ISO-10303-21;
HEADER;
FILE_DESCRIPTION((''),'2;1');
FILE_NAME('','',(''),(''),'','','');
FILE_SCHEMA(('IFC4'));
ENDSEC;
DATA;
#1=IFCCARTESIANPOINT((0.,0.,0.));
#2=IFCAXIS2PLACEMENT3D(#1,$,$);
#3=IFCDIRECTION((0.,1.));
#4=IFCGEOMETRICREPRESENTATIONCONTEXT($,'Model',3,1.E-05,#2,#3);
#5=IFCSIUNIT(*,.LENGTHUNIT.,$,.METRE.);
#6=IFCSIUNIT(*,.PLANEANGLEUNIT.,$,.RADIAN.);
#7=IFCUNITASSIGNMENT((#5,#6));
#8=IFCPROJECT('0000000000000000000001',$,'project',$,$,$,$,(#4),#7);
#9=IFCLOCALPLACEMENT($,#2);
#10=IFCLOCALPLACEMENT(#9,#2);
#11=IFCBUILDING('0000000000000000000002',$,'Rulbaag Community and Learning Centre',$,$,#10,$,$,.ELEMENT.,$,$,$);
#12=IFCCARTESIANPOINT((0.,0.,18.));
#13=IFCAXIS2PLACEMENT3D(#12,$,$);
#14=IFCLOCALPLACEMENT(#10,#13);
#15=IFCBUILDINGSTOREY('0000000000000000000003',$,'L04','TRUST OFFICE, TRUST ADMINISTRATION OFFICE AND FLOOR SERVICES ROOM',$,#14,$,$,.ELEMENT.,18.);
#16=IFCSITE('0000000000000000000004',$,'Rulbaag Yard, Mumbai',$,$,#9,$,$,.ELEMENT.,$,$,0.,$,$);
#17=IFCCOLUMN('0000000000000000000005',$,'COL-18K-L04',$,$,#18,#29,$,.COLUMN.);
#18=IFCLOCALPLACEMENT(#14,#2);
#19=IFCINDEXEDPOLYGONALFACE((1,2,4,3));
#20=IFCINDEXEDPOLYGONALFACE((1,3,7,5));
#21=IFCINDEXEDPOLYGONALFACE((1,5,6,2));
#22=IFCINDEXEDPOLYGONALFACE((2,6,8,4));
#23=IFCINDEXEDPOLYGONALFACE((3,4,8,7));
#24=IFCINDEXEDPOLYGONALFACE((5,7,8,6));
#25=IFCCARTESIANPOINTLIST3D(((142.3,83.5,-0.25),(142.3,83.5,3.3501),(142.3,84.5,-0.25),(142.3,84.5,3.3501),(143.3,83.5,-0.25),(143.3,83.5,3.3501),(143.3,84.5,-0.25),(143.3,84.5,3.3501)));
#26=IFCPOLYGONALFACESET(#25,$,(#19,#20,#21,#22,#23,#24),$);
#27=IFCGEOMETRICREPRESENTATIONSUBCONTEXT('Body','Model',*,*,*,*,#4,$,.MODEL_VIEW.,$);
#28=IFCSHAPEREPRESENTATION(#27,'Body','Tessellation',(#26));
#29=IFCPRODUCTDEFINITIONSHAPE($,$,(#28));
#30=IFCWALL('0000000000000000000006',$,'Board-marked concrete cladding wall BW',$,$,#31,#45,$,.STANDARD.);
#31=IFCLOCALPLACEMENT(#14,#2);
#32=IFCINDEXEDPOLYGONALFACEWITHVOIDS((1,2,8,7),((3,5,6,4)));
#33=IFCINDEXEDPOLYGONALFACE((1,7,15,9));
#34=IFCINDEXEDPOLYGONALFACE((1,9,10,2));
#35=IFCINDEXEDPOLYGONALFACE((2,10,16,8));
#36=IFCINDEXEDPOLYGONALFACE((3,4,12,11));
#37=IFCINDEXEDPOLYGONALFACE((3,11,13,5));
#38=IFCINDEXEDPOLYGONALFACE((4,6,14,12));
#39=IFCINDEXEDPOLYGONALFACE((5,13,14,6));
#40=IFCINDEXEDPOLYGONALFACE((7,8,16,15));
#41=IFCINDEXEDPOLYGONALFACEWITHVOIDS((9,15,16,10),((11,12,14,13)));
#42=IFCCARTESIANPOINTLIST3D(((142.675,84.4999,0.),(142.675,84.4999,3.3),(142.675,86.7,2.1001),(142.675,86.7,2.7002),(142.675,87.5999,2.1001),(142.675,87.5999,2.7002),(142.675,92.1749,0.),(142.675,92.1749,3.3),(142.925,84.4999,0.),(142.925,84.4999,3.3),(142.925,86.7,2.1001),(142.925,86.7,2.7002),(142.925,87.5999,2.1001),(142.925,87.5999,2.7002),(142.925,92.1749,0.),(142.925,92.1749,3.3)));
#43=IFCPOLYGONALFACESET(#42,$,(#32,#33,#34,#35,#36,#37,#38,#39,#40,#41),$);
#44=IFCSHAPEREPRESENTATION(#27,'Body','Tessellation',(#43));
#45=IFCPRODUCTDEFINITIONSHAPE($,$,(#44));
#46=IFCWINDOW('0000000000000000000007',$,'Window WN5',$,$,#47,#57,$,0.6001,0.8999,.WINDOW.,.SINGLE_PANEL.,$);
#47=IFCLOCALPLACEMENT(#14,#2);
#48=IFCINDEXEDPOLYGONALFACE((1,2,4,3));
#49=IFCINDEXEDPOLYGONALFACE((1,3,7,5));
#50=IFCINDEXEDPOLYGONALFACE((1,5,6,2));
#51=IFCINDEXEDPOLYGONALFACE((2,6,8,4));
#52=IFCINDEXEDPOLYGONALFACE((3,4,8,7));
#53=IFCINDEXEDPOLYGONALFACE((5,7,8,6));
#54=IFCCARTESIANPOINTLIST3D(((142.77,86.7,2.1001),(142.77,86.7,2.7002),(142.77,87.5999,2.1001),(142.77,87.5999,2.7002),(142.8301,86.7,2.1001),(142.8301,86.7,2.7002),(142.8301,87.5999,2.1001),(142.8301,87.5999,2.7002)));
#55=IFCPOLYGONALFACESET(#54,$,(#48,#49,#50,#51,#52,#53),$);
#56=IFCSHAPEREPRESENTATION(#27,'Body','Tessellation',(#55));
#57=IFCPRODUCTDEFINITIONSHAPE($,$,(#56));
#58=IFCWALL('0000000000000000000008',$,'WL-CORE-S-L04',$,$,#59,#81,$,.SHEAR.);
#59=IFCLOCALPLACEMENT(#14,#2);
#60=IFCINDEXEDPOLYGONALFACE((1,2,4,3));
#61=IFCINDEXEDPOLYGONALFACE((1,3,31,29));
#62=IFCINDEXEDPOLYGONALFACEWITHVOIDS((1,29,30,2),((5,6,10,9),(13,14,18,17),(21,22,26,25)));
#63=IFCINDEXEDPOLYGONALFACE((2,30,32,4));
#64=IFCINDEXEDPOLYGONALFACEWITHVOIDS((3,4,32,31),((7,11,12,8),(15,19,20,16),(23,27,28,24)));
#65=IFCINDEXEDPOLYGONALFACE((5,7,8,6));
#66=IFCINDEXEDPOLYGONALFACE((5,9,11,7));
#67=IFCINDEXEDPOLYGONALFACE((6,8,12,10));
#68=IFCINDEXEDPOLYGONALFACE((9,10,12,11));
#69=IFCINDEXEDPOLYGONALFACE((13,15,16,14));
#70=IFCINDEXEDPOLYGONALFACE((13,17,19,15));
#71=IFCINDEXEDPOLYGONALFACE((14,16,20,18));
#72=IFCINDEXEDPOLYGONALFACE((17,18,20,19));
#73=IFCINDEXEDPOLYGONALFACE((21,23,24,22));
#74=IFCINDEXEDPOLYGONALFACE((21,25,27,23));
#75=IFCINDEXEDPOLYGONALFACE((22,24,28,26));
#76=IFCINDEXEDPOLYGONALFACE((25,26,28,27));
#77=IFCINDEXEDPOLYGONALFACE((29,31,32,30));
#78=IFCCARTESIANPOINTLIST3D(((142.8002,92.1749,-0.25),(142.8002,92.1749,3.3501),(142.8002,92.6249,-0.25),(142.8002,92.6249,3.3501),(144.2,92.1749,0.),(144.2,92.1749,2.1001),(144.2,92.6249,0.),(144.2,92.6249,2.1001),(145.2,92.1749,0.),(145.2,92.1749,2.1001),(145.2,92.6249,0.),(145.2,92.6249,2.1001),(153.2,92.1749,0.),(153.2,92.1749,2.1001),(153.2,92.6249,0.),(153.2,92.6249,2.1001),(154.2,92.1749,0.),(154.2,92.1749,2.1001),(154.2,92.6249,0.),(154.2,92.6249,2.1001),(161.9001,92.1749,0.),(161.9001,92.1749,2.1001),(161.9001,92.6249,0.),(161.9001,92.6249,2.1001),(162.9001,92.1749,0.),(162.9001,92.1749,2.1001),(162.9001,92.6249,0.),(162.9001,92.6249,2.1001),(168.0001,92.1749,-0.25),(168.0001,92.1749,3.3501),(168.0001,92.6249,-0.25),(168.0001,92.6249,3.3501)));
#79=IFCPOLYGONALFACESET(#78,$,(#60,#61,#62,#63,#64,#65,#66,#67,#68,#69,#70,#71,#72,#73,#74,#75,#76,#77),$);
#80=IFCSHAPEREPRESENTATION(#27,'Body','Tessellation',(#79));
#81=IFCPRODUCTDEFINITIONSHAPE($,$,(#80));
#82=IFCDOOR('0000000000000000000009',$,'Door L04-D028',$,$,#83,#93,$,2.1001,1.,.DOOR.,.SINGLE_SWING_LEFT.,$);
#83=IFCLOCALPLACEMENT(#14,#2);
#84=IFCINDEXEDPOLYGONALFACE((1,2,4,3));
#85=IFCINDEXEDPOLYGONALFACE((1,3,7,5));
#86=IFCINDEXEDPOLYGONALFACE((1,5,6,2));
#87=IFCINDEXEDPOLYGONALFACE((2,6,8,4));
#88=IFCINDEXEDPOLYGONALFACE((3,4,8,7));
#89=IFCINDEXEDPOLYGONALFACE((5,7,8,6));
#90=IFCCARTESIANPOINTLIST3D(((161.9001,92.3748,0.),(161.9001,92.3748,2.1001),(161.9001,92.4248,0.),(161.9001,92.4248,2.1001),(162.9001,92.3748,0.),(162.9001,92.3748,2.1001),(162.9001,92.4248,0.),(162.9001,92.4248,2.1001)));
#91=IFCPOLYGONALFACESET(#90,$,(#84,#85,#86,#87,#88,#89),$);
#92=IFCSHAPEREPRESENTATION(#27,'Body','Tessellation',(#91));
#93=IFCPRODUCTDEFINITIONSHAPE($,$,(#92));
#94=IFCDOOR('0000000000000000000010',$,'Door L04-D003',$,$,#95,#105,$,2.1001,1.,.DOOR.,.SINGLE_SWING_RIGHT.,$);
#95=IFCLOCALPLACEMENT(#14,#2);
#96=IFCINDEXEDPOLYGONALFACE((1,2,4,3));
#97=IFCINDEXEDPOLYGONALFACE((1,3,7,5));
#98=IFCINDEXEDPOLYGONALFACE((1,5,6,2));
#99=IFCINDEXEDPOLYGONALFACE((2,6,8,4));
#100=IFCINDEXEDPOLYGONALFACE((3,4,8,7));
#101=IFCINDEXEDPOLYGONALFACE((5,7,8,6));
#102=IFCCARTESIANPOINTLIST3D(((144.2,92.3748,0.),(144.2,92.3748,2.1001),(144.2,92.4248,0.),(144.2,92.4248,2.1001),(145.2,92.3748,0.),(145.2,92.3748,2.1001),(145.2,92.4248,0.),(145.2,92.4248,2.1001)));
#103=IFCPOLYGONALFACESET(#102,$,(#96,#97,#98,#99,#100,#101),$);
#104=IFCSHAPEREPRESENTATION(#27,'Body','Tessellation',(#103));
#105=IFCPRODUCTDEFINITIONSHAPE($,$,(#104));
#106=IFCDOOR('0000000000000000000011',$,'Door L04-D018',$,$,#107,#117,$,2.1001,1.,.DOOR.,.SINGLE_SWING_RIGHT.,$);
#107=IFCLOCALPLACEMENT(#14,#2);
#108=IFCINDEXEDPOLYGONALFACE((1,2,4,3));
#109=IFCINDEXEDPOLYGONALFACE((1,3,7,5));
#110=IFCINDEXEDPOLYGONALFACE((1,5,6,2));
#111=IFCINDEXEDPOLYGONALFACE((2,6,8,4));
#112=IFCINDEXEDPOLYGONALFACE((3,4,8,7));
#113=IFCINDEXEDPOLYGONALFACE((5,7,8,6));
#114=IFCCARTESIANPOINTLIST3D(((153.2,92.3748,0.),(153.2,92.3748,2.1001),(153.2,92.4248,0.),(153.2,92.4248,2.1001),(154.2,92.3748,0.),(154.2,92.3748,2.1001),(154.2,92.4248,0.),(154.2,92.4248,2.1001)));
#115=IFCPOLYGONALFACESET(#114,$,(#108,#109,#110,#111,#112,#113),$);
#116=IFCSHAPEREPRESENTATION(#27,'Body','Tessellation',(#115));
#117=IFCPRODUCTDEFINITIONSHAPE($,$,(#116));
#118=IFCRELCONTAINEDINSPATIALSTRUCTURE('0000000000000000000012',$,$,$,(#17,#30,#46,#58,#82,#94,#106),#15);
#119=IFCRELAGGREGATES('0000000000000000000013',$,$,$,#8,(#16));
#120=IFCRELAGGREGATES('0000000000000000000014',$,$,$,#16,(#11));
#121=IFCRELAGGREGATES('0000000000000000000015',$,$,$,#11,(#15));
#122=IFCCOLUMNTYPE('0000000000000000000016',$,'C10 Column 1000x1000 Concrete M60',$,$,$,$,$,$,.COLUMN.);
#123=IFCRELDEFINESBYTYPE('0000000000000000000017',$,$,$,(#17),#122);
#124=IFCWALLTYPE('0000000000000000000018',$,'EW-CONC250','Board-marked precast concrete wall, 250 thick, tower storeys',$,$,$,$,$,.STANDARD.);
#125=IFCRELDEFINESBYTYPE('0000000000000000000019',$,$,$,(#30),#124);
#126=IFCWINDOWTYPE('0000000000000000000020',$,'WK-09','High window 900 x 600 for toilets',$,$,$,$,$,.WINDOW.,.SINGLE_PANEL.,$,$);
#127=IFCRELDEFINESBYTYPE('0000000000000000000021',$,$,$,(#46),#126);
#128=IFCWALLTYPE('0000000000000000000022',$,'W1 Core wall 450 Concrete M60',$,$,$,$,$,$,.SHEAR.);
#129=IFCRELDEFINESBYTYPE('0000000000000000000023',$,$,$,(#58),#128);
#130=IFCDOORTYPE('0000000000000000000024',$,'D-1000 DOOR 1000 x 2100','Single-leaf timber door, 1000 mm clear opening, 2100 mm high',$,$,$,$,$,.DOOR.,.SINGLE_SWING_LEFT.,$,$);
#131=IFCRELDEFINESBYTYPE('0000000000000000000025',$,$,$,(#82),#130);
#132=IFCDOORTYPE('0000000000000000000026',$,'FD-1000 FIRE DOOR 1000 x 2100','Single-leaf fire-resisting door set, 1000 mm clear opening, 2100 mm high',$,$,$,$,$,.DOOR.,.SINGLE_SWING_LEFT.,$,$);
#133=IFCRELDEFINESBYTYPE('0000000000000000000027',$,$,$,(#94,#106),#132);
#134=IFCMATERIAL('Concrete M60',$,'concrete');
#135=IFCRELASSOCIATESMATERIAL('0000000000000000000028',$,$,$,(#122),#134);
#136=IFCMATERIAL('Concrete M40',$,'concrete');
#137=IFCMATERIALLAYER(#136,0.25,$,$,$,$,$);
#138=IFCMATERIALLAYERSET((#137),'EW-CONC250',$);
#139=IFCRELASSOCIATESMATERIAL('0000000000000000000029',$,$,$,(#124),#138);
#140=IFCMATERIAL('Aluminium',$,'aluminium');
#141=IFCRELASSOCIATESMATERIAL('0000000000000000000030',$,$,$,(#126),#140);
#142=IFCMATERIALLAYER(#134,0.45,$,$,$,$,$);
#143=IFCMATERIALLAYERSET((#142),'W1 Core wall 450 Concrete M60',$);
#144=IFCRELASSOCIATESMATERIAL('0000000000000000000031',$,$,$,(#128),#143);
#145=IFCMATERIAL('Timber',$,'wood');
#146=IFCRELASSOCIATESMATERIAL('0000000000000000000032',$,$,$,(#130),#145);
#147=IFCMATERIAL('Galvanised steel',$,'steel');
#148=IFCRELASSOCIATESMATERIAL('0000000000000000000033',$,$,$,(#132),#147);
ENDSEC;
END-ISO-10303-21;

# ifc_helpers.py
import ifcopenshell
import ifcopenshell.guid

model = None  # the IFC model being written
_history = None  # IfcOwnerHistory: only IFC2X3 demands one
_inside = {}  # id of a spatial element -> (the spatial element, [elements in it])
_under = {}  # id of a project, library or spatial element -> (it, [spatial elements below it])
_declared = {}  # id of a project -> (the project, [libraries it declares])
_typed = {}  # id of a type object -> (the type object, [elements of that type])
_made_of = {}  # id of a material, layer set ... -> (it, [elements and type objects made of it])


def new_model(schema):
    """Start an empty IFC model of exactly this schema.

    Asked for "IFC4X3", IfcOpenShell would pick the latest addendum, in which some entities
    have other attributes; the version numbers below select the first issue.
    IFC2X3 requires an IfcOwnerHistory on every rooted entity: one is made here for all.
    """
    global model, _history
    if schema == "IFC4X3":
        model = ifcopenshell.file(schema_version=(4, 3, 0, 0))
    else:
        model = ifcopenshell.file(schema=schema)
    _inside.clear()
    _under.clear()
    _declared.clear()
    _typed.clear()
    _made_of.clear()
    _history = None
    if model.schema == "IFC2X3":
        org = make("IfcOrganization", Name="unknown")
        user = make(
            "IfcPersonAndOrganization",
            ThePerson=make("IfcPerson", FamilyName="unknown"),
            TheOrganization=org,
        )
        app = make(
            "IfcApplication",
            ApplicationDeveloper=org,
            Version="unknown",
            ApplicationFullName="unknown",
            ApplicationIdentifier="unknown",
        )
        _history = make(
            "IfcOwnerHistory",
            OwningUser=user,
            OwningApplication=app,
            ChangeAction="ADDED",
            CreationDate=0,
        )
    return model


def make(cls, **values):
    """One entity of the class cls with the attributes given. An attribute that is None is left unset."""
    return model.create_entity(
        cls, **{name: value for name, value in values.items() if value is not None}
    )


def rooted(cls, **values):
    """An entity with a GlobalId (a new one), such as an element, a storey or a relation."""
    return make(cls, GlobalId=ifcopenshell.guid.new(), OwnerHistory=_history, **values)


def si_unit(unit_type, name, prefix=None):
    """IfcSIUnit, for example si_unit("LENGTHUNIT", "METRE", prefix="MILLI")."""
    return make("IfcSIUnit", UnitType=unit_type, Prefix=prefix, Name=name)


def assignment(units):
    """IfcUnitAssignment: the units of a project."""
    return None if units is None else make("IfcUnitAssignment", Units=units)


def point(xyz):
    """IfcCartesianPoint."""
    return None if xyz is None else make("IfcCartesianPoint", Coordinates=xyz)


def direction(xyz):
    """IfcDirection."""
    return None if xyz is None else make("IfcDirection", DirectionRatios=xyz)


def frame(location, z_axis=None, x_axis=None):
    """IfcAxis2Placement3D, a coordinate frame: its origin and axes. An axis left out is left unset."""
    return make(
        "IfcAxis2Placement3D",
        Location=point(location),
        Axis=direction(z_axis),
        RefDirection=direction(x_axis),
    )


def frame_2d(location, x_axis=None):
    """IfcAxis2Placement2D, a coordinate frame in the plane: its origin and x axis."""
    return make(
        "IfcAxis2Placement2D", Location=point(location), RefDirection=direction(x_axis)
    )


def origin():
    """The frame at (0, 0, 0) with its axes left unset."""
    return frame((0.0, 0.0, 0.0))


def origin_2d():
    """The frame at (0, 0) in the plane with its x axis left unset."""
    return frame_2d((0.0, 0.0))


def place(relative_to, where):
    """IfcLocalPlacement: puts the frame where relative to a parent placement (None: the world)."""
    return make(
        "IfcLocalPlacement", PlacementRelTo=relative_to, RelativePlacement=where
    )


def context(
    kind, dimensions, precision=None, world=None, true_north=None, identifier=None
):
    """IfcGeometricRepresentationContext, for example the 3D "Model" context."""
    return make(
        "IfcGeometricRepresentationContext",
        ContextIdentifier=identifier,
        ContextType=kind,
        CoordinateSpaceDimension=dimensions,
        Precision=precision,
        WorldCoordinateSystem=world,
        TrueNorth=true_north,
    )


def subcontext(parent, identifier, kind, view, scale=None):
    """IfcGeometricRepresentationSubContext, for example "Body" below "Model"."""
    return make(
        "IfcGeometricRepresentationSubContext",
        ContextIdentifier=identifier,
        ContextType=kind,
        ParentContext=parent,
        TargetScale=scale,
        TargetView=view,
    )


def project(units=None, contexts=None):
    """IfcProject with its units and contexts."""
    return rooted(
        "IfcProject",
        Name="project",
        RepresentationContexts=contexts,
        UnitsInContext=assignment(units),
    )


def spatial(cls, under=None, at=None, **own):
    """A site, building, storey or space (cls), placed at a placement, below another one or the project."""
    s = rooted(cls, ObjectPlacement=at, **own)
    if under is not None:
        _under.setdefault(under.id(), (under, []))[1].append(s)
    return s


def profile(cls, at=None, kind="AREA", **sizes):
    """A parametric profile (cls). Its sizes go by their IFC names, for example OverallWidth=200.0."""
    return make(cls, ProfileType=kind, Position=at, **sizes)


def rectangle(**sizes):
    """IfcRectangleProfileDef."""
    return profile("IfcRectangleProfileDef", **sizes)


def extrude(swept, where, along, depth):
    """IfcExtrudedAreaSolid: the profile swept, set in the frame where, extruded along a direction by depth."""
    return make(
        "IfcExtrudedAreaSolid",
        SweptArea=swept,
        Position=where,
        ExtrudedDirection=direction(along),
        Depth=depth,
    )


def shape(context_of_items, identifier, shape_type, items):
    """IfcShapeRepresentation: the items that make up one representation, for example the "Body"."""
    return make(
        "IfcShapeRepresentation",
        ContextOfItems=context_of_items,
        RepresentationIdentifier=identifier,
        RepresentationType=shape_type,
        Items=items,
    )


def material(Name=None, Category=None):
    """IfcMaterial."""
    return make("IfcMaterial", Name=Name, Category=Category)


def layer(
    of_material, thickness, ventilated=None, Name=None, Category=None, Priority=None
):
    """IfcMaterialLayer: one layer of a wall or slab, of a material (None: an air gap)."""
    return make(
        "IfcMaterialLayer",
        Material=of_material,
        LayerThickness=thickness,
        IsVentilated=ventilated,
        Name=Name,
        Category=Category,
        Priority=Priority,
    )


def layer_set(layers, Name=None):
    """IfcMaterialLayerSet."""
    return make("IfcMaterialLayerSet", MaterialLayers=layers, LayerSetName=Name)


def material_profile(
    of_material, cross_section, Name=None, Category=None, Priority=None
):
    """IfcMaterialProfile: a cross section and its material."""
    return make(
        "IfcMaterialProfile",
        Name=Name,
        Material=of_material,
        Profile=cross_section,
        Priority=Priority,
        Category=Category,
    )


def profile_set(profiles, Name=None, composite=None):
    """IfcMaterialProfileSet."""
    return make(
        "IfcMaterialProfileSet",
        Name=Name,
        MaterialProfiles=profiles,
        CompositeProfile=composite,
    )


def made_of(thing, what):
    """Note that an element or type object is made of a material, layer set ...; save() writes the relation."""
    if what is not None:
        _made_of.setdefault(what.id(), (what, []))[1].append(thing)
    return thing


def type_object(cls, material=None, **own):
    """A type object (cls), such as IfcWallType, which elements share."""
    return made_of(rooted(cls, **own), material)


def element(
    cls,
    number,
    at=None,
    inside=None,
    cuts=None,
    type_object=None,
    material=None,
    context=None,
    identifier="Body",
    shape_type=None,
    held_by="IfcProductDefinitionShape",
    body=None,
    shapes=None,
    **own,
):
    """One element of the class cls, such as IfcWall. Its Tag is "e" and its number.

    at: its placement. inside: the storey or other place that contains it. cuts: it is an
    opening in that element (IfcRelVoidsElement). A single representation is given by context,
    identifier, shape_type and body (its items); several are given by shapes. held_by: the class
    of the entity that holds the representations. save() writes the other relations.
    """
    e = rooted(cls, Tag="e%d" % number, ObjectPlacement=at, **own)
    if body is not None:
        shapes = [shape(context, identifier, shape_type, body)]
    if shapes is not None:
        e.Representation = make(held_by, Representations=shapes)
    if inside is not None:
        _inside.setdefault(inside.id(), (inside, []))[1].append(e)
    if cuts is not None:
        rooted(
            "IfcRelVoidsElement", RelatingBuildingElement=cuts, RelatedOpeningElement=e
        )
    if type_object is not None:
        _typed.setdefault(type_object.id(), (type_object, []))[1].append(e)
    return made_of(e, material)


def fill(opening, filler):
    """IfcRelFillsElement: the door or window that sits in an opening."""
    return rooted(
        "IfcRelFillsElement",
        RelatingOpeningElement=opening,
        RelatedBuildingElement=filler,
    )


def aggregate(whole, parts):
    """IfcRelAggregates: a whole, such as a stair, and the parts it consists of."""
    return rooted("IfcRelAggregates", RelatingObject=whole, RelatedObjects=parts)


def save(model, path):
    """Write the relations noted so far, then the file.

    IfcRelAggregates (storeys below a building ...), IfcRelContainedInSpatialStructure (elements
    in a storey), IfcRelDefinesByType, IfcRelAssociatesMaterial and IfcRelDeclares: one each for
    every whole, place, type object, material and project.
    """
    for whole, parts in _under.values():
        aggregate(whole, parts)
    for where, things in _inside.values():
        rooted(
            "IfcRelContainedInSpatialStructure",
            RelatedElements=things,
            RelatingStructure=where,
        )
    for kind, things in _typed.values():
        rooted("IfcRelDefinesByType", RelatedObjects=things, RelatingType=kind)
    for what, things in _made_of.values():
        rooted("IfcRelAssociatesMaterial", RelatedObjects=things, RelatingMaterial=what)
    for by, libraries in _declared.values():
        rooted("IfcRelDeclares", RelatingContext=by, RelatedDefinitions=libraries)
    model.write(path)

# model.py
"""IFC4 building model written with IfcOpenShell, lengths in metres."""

from ifc_helpers import new_model, si_unit, direction, frame, frame_2d, origin, origin_2d, place, context, subcontext, project, spatial, rectangle, extrude, material, layer, layer_set, material_profile, profile_set, type_object, element, fill, save


model = new_model("IFC4")

# Units and contexts
model_context = context("Model", 3, precision=1e-05, world=origin(), true_north=direction((0.0, 1.0)))
body_context = subcontext(model_context, "Body", "Model", "MODEL_VIEW")
ifc_project = project(units=[si_unit("LENGTHUNIT", "METRE"), si_unit("PLANEANGLEUNIT", "RADIAN")], contexts=[model_context])

# Site, building, storey
site_placement = place(None, origin())
site = spatial("IfcSite", under=ifc_project, at=site_placement, Name="Rulbaag Yard, Mumbai", CompositionType="ELEMENT", RefElevation=0.0)
building_placement = place(site_placement, origin())
building = spatial("IfcBuilding", under=site, at=building_placement, Name="Rulbaag Community and Learning Centre", CompositionType="ELEMENT")
storey_placement = place(building_placement, frame((0.0, 0.0, 18.0)))
storey = spatial("IfcBuildingStorey", under=building, at=storey_placement, Name="L04", Description="TRUST OFFICE, TRUST ADMINISTRATION OFFICE AND FLOOR SERVICES ROOM", CompositionType="ELEMENT", Elevation=18.0)

# Column
ifc_material_1 = material(Name="Concrete M60", Category="concrete")
ifc_material_profile = material_profile(ifc_material_1, rectangle(XDim=1.0, YDim=1.0, at=origin_2d()), Name="RC1000x1000")
ifc_profile_set = profile_set([ifc_material_profile], Name="Concrete M60")
column_type = type_object("IfcColumnType", Name="C10 Column 1000x1000 Concrete M60", PredefinedType="COLUMN", material=ifc_profile_set)
column_placement = place(storey_placement, frame((142.8, 84.0, -0.25), z_axis=(0.0, 0.0, 1.0), x_axis=(1.0, 0.0, 0.0)))
element("IfcColumn", 1, at=column_placement, inside=storey, type_object=column_type, Name="COL-18K-L04", PredefinedType="COLUMN", context=body_context, shape_type="SweptSolid", body=[
    extrude(rectangle(XDim=1.0, YDim=1.0, at=origin_2d()), origin(), (0.0, 0.0, 1.0), 3.6001),
])

# Wall, opening, window
ifc_material_2 = material(Name="Concrete M40", Category="concrete")
ifc_layer_1 = layer(ifc_material_2, 0.25)
ifc_layer_set_1 = layer_set([ifc_layer_1], Name="EW-CONC250")
wall_type_1 = type_object("IfcWallType", Name="EW-CONC250", Description="Board-marked precast concrete wall, 250 thick, tower storeys", PredefinedType="STANDARD", material=ifc_layer_set_1)
wall_1_placement = place(storey_placement, frame((142.8, 84.5, 0.0), z_axis=(0.0, 0.0, 1.0), x_axis=(0.0, 1.0, 0.0)))
wall_1 = element("IfcWall", 2, at=wall_1_placement, inside=storey, type_object=wall_type_1, Name="Board-marked concrete cladding wall BW", PredefinedType="STANDARD", context=body_context, shape_type="SweptSolid", body=[
    extrude(rectangle(XDim=7.675, YDim=0.25, at=frame_2d((3.8374, 0.0))), origin(), (0.0, 0.0, 1.0), 3.3),
])
opening_1_placement = place(wall_1_placement, frame((2.2, 0.0, 2.1001)))
opening_1 = element("IfcOpeningElement", 3, at=opening_1_placement, cuts=wall_1, PredefinedType="OPENING", context=body_context, shape_type="SweptSolid", body=[
    extrude(rectangle(XDim=0.8999, YDim=0.6001, at=frame_2d((0.45, 0.3))), frame((0.0, 0.135, 0.0), z_axis=(0.0, -1.0, 0.0), x_axis=(1.0, 0.0, 0.0)), (0.0, 0.0, 1.0), 0.27),
])
ifc_material_3 = material(Name="Aluminium", Category="aluminium")
window_type = type_object("IfcWindowType", Name="WK-09", Description="High window 900 x 600 for toilets", PartitioningType="SINGLE_PANEL", PredefinedType="WINDOW", material=ifc_material_3)
window_placement = place(opening_1_placement, origin())
window = element("IfcWindow", 4, at=window_placement, inside=storey, type_object=window_type, Name="Window WN5", OverallHeight=0.6001, OverallWidth=0.8999, PartitioningType="SINGLE_PANEL", PredefinedType="WINDOW", context=body_context, shape_type="SweptSolid", body=[
    extrude(rectangle(XDim=0.8999, YDim=0.6001, at=frame_2d((0.45, 0.3))), frame((0.0, 0.03, 0.0), z_axis=(0.0, -1.0, 0.0), x_axis=(1.0, 0.0, 0.0)), (0.0, 0.0, 1.0), 0.0601),
])
fill(opening_1, window)

# Wall, openings, doors
ifc_layer_2 = layer(ifc_material_1, 0.45)
ifc_layer_set_2 = layer_set([ifc_layer_2], Name="W1 Core wall 450 Concrete M60")
wall_type_2 = type_object("IfcWallType", Name="W1 Core wall 450 Concrete M60", PredefinedType="SHEAR", material=ifc_layer_set_2)
wall_2_placement = place(storey_placement, frame((142.8, 92.3999, -0.25), z_axis=(0.0, 0.0, 1.0), x_axis=(1.0, 0.0, 0.0)))
wall_2 = element("IfcWall", 5, at=wall_2_placement, inside=storey, type_object=wall_type_2, Name="WL-CORE-S-L04", PredefinedType="SHEAR", context=body_context, shape_type="SweptSolid", body=[
    extrude(rectangle(XDim=25.2, YDim=0.45, at=frame_2d((12.6001, 0.0))), origin(), (0.0, 0.0, 1.0), 3.6001),
])
opening_2_placement = place(wall_2_placement, frame((1.3999, 0.0, 0.25)))
opening_2 = element("IfcOpeningElement", 6, at=opening_2_placement, cuts=wall_2, PredefinedType="OPENING", context=body_context, shape_type="SweptSolid", body=[
    extrude(rectangle(XDim=1.0, YDim=2.1001, at=frame_2d((0.5, 1.05))), frame((0.0, 0.2349, 0.0), z_axis=(0.0, -1.0, 0.0), x_axis=(1.0, 0.0, 0.0)), (0.0, 0.0, 1.0), 0.47),
])
opening_3_placement = place(wall_2_placement, frame((19.1001, 0.0, 0.25)))
opening_3 = element("IfcOpeningElement", 7, at=opening_3_placement, cuts=wall_2, PredefinedType="OPENING", context=body_context, shape_type="SweptSolid", body=[
    extrude(rectangle(XDim=1.0, YDim=2.1001, at=frame_2d((0.5, 1.05))), frame((0.0, 0.2349, 0.0), z_axis=(0.0, -1.0, 0.0), x_axis=(1.0, 0.0, 0.0)), (0.0, 0.0, 1.0), 0.47),
])
opening_4_placement = place(wall_2_placement, frame((10.3999, 0.0, 0.25)))
opening_4 = element("IfcOpeningElement", 8, at=opening_4_placement, cuts=wall_2, PredefinedType="OPENING", context=body_context, shape_type="SweptSolid", body=[
    extrude(rectangle(XDim=1.0, YDim=2.1001, at=frame_2d((0.5, 1.05))), frame((0.0, 0.2349, 0.0), z_axis=(0.0, -1.0, 0.0), x_axis=(1.0, 0.0, 0.0)), (0.0, 0.0, 1.0), 0.47),
])
ifc_material_4 = material(Name="Timber", Category="wood")
door_type_1 = type_object("IfcDoorType", Name="D-1000 DOOR 1000 x 2100", Description="Single-leaf timber door, 1000 mm clear opening, 2100 mm high", OperationType="SINGLE_SWING_LEFT", PredefinedType="DOOR", material=ifc_material_4)
door_1_placement = place(opening_3_placement, origin())
door_1 = element("IfcDoor", 9, at=door_1_placement, inside=storey, type_object=door_type_1, Name="Door L04-D028", OperationType="SINGLE_SWING_LEFT", OverallHeight=2.1001, OverallWidth=1.0, PredefinedType="DOOR", context=body_context, shape_type="SweptSolid", body=[
    extrude(rectangle(XDim=1.0, YDim=2.1001, at=frame_2d((0.5, 1.05))), frame((0.0, 0.0249, 0.0), z_axis=(0.0, -1.0, 0.0), x_axis=(1.0, 0.0, 0.0)), (0.0, 0.0, 1.0), 0.05),
])
fill(opening_3, door_1)
ifc_material_5 = material(Name="Galvanised steel", Category="steel")
door_type_2 = type_object("IfcDoorType", Name="FD-1000 FIRE DOOR 1000 x 2100", Description="Single-leaf fire-resisting door set, 1000 mm clear opening, 2100 mm high", OperationType="SINGLE_SWING_LEFT", PredefinedType="DOOR", material=ifc_material_5)
door_2_placement = place(opening_2_placement, origin())
door_2 = element("IfcDoor", 10, at=door_2_placement, inside=storey, type_object=door_type_2, Name="Door L04-D003", OperationType="SINGLE_SWING_RIGHT", OverallHeight=2.1001, OverallWidth=1.0, PredefinedType="DOOR", context=body_context, shape_type="SweptSolid", body=[
    extrude(rectangle(XDim=1.0, YDim=2.1001, at=frame_2d((0.5, 1.05))), frame((0.0, 0.0249, 0.0), z_axis=(0.0, -1.0, 0.0), x_axis=(1.0, 0.0, 0.0)), (0.0, 0.0, 1.0), 0.05),
])
fill(opening_2, door_2)
door_3_placement = place(opening_4_placement, origin())
door_3 = element("IfcDoor", 11, at=door_3_placement, inside=storey, type_object=door_type_2, Name="Door L04-D018", OperationType="SINGLE_SWING_RIGHT", OverallHeight=2.1001, OverallWidth=1.0, PredefinedType="DOOR", context=body_context, shape_type="SweptSolid", body=[
    extrude(rectangle(XDim=1.0, YDim=2.1001, at=frame_2d((0.5, 1.05))), frame((0.0, 0.0249, 0.0), z_axis=(0.0, -1.0, 0.0), x_axis=(1.0, 0.0, 0.0)), (0.0, 0.0, 1.0), 0.05),
])
fill(opening_4, door_3)

save(model, "model.ifc")
